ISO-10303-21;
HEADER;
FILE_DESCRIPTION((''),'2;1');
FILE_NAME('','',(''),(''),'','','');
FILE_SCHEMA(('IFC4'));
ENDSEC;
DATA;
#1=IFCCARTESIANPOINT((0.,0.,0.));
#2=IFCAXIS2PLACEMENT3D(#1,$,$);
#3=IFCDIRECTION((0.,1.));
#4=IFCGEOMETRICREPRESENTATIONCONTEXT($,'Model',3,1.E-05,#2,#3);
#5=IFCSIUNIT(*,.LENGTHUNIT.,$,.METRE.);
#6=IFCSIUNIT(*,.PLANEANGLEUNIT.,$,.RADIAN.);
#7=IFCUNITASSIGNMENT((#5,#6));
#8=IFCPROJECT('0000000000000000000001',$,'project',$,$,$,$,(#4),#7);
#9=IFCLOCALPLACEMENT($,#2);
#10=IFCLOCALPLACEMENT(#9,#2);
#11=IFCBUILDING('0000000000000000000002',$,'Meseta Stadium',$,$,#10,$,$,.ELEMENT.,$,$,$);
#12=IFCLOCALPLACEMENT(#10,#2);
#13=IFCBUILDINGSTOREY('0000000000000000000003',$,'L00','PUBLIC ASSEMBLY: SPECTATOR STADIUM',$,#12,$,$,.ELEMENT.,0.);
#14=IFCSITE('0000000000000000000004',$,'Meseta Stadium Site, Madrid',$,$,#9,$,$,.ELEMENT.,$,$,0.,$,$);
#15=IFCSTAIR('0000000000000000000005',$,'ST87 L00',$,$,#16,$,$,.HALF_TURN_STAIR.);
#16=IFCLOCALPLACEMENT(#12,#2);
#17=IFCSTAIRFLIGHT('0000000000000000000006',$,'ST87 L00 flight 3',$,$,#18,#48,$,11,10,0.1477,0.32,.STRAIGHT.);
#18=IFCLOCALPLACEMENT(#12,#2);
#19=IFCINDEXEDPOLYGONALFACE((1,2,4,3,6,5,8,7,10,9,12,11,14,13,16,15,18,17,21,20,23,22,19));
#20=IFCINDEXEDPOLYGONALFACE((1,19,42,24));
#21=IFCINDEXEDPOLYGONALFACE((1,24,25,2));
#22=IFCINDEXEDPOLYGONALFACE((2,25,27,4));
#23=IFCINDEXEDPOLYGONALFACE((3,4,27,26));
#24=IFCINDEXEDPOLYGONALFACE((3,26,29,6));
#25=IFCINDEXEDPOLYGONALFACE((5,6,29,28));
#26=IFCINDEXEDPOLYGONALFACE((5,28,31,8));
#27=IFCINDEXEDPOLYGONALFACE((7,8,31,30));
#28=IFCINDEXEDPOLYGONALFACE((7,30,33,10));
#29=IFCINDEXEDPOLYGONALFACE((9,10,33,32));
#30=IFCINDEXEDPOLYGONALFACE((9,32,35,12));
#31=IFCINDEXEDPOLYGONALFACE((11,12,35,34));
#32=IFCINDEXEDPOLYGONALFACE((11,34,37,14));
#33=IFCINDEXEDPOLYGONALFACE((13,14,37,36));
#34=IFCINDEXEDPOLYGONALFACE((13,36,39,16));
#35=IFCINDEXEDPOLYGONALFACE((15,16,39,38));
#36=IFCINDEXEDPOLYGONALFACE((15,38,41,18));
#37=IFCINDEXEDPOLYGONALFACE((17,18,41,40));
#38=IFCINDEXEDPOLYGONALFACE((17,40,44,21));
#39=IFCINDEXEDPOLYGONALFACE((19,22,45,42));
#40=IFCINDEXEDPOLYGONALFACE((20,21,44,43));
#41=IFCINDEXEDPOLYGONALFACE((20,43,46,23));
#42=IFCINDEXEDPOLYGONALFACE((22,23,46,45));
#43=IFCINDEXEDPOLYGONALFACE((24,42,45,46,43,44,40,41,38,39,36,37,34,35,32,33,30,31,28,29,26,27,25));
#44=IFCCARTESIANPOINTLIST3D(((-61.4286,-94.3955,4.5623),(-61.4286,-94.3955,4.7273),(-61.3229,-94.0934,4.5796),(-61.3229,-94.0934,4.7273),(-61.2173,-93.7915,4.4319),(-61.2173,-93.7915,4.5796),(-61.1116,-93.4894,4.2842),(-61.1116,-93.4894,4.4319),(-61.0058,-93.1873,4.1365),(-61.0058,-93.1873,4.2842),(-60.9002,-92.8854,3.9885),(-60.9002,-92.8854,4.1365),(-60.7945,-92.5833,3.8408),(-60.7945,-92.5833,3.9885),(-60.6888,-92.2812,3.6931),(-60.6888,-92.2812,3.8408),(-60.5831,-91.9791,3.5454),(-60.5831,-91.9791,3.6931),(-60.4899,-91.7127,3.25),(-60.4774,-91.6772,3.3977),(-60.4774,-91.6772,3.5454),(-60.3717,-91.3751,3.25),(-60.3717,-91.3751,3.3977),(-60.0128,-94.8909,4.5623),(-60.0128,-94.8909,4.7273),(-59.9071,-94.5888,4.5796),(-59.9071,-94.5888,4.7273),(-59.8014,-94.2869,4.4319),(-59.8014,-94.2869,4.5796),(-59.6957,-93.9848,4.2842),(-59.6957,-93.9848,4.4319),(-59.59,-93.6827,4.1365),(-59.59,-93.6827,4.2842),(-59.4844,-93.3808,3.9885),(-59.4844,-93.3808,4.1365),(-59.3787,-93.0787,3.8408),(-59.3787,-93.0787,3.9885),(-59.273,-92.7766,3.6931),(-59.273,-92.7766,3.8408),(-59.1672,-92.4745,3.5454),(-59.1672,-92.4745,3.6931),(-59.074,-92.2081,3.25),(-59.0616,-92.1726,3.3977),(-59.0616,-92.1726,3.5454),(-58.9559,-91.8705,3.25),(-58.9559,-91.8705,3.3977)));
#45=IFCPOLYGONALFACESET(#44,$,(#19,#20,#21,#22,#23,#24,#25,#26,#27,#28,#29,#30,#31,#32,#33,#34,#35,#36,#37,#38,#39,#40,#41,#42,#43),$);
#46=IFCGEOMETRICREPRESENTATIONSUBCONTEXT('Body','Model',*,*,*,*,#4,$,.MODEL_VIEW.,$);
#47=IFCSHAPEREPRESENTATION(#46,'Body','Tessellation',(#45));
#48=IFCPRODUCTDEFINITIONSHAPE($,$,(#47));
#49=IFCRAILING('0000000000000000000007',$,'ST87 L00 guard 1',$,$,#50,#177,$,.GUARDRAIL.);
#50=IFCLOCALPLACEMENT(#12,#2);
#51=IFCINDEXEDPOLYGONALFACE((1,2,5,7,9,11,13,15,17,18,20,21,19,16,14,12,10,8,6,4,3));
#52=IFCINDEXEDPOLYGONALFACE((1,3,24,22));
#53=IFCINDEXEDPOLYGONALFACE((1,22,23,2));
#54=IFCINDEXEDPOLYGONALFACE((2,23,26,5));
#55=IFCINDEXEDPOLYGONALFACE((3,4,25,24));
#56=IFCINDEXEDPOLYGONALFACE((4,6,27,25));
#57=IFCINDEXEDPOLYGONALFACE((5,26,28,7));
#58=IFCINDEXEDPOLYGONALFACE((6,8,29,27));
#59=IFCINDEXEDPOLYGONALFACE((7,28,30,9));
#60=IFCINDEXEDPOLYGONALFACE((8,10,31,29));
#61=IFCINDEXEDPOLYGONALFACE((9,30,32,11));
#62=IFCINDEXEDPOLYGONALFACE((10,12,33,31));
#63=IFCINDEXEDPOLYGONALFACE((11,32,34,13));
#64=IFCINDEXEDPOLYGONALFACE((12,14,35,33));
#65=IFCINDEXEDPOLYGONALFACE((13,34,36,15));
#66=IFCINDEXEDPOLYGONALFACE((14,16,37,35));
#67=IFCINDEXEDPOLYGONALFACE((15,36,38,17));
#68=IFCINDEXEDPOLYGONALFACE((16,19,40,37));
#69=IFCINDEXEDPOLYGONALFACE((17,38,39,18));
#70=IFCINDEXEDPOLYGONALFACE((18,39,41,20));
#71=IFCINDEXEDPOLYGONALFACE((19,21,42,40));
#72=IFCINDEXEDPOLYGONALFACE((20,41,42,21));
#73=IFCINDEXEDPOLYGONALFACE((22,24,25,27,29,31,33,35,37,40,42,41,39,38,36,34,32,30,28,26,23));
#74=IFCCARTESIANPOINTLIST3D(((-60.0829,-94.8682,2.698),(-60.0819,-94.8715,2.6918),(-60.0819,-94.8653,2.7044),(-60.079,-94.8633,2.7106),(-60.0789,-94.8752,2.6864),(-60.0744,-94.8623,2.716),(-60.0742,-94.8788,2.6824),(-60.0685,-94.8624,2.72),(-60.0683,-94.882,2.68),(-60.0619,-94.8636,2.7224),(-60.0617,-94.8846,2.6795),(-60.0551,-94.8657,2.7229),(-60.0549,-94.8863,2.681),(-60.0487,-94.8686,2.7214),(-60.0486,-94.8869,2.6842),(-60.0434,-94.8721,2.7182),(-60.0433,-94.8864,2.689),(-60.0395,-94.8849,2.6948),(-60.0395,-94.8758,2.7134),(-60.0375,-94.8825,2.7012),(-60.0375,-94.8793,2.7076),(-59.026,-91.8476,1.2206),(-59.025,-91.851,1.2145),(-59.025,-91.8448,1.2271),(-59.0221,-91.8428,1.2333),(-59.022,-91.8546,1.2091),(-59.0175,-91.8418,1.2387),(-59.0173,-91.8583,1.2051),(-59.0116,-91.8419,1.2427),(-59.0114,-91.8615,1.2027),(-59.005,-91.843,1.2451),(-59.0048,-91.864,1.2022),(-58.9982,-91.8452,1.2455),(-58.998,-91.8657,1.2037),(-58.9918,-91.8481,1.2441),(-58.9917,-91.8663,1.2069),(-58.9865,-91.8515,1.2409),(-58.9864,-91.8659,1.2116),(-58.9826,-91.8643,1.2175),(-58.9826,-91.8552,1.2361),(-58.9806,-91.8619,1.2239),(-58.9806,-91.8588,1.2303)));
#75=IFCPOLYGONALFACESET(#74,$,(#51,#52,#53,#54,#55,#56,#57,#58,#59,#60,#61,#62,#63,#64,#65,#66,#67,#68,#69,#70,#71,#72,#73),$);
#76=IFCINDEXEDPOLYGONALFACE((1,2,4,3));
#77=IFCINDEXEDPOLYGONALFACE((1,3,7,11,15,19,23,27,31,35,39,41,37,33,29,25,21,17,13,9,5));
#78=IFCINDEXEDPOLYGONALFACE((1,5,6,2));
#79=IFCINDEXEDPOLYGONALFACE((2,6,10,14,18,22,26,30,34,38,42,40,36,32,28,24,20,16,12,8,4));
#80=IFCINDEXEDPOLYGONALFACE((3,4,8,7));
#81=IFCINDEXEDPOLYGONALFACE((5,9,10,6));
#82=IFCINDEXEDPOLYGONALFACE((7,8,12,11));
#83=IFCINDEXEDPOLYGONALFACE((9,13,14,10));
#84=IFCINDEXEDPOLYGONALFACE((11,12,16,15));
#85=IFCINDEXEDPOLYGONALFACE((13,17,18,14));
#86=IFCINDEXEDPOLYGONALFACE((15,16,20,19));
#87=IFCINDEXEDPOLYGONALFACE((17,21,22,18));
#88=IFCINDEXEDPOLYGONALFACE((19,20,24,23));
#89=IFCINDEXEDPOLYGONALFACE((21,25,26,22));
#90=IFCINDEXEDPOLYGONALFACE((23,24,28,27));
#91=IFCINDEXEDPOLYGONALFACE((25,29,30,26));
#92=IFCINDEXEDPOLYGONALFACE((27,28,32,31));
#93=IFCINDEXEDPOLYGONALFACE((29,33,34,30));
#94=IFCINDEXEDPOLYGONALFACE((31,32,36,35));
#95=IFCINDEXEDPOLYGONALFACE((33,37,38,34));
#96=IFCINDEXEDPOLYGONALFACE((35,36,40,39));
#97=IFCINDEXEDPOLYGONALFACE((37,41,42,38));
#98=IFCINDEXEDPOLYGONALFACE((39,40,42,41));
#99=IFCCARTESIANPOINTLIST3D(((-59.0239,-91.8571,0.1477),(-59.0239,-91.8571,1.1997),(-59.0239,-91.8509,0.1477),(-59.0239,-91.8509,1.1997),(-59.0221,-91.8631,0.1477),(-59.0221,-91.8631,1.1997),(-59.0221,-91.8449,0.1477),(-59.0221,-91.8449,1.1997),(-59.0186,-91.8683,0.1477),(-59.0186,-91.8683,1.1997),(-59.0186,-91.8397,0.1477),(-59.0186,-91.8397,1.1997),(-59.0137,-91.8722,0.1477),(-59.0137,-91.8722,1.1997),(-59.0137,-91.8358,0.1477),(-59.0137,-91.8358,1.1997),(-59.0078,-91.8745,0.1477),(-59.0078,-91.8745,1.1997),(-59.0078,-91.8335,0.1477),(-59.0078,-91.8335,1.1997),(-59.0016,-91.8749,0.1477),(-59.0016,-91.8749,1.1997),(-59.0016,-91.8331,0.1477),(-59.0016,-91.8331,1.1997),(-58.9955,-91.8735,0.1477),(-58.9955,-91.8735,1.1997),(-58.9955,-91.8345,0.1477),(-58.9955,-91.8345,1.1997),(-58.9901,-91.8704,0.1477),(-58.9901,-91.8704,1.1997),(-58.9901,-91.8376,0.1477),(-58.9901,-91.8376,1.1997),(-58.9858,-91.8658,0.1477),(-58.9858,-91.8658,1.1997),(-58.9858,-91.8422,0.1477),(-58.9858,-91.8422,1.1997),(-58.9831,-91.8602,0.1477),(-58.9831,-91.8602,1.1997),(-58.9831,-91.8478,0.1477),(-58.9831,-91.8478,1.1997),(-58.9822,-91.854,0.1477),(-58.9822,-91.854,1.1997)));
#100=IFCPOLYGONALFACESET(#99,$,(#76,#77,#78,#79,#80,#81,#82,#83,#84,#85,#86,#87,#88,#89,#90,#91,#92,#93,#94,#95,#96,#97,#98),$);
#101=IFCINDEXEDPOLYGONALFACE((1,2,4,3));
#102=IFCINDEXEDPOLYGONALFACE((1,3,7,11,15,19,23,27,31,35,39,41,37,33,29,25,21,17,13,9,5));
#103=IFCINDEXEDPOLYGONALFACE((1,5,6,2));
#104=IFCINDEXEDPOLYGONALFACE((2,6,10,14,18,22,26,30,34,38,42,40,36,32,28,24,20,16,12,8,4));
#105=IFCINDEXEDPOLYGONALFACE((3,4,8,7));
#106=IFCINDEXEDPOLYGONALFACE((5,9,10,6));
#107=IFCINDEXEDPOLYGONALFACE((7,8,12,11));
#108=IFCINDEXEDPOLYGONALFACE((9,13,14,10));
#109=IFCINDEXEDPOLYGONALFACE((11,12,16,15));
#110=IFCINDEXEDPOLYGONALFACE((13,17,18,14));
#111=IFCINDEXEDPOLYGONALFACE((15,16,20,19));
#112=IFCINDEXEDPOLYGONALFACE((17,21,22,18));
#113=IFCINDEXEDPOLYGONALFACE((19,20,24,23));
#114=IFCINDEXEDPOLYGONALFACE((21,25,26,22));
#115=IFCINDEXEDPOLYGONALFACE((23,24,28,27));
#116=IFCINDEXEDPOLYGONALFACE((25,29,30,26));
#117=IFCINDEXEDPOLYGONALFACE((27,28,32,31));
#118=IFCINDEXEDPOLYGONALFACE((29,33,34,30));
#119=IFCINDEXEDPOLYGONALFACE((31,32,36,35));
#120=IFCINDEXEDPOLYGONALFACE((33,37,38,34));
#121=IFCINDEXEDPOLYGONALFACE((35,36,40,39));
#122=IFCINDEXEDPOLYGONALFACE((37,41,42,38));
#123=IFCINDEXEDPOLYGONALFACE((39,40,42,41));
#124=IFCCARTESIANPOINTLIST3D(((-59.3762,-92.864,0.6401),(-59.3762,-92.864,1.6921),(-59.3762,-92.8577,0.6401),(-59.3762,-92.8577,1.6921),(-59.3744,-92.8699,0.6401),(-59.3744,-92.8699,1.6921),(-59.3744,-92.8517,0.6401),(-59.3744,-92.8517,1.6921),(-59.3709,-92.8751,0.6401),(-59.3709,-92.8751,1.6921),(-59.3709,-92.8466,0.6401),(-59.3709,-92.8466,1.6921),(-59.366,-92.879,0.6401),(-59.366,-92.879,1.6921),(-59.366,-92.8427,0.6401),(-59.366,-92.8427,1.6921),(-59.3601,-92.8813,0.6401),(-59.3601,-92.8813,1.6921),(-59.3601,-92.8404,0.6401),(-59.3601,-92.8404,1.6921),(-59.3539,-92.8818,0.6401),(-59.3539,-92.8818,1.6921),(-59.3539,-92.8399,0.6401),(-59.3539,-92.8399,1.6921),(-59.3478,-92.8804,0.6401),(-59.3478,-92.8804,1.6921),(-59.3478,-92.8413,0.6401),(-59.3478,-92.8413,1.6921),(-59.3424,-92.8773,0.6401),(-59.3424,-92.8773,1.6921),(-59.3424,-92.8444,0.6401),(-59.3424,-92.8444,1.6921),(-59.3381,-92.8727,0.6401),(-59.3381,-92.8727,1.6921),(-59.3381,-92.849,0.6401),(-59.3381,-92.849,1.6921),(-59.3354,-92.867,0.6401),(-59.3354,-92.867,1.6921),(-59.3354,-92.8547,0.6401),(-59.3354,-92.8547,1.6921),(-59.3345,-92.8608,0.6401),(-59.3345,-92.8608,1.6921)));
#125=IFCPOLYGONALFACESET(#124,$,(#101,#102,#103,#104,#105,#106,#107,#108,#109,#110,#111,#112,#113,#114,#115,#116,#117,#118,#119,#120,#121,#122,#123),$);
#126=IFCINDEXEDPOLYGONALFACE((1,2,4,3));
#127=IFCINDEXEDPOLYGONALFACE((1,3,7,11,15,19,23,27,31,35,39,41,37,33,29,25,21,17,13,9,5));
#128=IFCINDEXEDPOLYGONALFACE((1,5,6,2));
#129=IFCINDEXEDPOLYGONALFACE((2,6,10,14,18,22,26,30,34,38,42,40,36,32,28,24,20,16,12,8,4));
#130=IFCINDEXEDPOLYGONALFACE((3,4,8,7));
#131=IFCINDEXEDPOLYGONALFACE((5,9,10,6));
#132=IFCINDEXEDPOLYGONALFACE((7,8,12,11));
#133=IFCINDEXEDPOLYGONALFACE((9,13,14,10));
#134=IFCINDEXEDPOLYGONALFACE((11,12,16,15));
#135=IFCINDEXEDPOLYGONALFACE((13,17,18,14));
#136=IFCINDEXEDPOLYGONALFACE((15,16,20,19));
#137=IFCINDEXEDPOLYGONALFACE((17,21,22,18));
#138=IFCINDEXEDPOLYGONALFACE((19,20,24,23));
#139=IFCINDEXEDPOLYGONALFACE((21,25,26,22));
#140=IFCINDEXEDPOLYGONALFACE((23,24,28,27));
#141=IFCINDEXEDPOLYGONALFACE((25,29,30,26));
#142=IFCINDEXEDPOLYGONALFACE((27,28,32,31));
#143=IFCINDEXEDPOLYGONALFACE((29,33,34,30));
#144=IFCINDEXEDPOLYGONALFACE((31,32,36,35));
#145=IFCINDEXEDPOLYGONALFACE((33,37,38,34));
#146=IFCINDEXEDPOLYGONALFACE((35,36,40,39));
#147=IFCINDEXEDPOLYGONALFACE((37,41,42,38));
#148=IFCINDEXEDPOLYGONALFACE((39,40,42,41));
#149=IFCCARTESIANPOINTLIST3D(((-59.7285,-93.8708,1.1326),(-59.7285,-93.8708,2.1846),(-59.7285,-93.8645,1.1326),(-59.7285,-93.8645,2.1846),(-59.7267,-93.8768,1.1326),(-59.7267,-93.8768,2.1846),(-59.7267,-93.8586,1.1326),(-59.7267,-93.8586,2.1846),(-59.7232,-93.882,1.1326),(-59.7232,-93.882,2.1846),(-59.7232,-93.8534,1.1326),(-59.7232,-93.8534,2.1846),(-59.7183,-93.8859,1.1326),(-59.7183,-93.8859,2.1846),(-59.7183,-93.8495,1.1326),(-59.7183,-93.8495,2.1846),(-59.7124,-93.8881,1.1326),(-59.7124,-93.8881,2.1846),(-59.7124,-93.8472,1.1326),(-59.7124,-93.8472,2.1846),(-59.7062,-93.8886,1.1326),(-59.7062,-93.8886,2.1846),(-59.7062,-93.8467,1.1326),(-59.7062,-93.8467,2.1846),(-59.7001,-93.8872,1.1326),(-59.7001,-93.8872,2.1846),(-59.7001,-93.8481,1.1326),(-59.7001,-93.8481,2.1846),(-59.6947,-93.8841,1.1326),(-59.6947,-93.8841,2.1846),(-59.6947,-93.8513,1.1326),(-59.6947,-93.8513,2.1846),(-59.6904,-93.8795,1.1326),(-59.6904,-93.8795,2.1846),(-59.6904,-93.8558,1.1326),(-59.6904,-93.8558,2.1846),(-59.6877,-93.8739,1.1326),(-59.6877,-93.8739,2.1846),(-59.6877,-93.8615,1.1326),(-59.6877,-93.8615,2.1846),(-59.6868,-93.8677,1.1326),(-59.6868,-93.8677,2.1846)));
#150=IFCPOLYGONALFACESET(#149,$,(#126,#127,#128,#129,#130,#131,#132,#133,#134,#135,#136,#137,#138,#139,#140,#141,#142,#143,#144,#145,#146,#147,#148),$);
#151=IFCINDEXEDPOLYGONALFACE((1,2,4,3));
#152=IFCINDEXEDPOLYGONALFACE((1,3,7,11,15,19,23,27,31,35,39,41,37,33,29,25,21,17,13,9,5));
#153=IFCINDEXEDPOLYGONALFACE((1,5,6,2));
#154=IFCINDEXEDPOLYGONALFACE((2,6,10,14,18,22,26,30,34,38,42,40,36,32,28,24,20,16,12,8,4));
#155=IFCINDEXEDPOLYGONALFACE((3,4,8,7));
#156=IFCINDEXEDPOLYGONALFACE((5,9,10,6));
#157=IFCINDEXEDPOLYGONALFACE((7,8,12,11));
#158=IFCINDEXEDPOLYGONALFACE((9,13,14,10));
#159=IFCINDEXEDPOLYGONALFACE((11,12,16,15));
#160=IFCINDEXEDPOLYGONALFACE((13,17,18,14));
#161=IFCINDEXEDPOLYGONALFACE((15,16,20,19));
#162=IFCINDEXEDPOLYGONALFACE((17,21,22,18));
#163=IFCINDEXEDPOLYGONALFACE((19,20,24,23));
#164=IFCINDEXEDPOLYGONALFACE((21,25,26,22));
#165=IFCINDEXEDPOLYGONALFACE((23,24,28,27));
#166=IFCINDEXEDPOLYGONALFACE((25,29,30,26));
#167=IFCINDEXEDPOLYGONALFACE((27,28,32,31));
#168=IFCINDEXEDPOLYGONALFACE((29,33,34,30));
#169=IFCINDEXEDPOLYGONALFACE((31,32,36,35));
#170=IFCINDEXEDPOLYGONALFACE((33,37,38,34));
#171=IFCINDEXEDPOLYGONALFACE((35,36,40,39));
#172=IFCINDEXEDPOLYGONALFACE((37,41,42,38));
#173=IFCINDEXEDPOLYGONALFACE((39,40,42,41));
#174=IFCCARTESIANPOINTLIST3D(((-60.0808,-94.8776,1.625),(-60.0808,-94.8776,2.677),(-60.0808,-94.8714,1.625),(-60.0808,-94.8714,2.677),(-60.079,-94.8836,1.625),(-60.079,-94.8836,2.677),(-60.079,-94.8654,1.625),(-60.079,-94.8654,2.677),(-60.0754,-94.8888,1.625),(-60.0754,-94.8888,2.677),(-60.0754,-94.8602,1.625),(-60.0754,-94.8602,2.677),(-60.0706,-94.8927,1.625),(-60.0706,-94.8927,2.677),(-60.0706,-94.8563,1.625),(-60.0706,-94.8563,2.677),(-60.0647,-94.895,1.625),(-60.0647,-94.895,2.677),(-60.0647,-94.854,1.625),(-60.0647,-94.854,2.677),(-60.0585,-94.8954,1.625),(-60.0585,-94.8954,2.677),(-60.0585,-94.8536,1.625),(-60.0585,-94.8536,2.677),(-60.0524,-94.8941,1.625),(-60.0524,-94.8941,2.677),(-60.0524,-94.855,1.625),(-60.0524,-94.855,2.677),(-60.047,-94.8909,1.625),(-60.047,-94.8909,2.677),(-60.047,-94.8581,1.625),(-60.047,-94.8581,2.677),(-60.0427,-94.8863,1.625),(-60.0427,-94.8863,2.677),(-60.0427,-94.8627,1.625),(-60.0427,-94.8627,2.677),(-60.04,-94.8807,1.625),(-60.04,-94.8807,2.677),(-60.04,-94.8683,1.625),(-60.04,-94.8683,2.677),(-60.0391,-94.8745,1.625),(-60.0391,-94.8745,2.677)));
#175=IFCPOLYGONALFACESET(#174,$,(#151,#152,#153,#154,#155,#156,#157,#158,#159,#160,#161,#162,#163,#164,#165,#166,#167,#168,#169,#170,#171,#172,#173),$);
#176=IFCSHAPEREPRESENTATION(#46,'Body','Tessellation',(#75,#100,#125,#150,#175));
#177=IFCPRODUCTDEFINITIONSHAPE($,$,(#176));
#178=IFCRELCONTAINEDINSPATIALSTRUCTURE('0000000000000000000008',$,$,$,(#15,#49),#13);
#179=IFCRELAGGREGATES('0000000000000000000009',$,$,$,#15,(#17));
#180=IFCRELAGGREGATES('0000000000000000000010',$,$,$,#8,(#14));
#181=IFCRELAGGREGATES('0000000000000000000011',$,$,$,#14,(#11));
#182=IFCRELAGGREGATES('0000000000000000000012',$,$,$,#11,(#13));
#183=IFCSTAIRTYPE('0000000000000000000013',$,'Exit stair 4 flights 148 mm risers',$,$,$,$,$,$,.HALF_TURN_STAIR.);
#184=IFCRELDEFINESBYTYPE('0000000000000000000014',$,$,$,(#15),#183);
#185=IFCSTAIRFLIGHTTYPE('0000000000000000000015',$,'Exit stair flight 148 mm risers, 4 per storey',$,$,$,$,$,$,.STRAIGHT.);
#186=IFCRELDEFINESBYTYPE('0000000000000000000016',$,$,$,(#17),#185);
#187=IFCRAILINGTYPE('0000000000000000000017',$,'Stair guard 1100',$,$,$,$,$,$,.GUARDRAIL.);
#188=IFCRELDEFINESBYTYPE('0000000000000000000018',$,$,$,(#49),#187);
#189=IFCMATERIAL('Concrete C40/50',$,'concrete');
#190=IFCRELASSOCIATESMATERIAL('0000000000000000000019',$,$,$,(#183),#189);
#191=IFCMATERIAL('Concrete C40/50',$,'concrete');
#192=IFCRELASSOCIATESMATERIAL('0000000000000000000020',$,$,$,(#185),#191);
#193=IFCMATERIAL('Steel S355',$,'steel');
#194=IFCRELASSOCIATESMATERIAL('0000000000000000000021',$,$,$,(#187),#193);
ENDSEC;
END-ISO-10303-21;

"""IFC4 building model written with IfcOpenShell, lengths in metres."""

from ifc_helpers import new_model, si_unit, direction, frame, origin, origin_2d, place, context, subcontext, project, spatial, polyline, circle, outline, extrude, material, type_object, element, aggregate, save


model = new_model("IFC4")

# Units and contexts
model_context = context("Model", 3, precision=1e-05, world=origin(), true_north=direction((0.0, 1.0)))
body_context = subcontext(model_context, "Body", "Model", "MODEL_VIEW")
ifc_project = project(units=[si_unit("LENGTHUNIT", "METRE"), si_unit("PLANEANGLEUNIT", "RADIAN")], contexts=[model_context])

# Site, building, storey
site_placement = place(None, origin())
site = spatial("IfcSite", under=ifc_project, at=site_placement, Name="Meseta Stadium Site, Madrid", CompositionType="ELEMENT", RefElevation=0.0)
building_placement = place(site_placement, origin())
building = spatial("IfcBuilding", under=site, at=building_placement, Name="Meseta Stadium", CompositionType="ELEMENT")
storey_placement = place(building_placement, origin())
storey = spatial("IfcBuildingStorey", under=building, at=storey_placement, Name="L00", Description="PUBLIC ASSEMBLY: SPECTATOR STADIUM", CompositionType="ELEMENT", Elevation=0.0)

# Stair, stair flight
ifc_material_1 = material(Name="Concrete C40/50", Category="concrete")
stair_type = type_object("IfcStairType", Name="Exit stair 4 flights 148 mm risers", PredefinedType="HALF_TURN_STAIR", material=ifc_material_1)
stair_placement = place(storey_placement, origin())
stair = element("IfcStair", 1, at=stair_placement, inside=storey, type_object=stair_type, Name="ST87 L00", PredefinedType="HALF_TURN_STAIR")
ifc_material_2 = material(Name="Concrete C40/50", Category="concrete")
stair_flight_type = type_object("IfcStairFlightType", Name="Exit stair flight 148 mm risers, 4 per storey", PredefinedType="STRAIGHT", material=ifc_material_2)
stair_flight_1_placement = place(storey_placement, frame((-59.6638, -91.6228, 3.25), z_axis=(0.0, 0.0, 1.0), x_axis=(-0.330279, -0.943883, 0.0)))
stair_flight_1 = element("IfcStairFlight", 2, at=stair_flight_1_placement, type_object=stair_flight_type, Name="ST87 L00 flight 3", NumberOfRisers=11, NumberOfTreads=10, PredefinedType="STRAIGHT", RiserHeight=0.1477, TreadLength=0.32, context=body_context, shape_type="SweptSolid", body=[
    extrude(outline(polyline([(0.0, 0.0), (0.0, 0.1477), (0.3201, 0.1477), (0.3201, 0.2954), (0.6399, 0.2954), (0.6399, 0.4431), (0.96, 0.4431), (0.96, 0.5908), (1.28, 0.5908), (1.28, 0.7385), (1.6001, 0.7385), (1.6001, 0.8865), (1.9199, 0.8865), (1.9199, 1.0342), (2.24, 1.0342), (2.24, 1.1819), (2.5601, 1.1819), (2.5601, 1.3296), (2.8799, 1.3296), (2.8799, 1.4773), (3.2, 1.4773), (3.2, 1.3123), (0.3577, 0.0), (0.0, 0.0)])), frame((0.0, 0.75, 0.0), z_axis=(0.0, -1.0, 0.0), x_axis=(1.0, 0.0, 0.0)), (0.0, 0.0, 1.0), 1.5),
])
aggregate(stair, [stair_flight_1])

# Railing
ifc_material_3 = material(Name="Steel S355", Category="steel")
railing_type_1 = type_object("IfcRailingType", Name="Stair guard 1100", PredefinedType="GUARDRAIL", material=ifc_material_3)
railing_1_placement = place(storey_placement, frame((-59.0032, -91.854, 0.1477)))
element("IfcRailing", 3, at=railing_1_placement, inside=storey, type_object=railing_type_1, Name="ST87 L00 guard 1", PredefinedType="GUARDRAIL", context=body_context, shape_type="SweptSolid", body=[
    extrude(circle(Radius=0.0239, at=origin_2d()), frame((0.0, 0.0, 1.0762), z_axis=(-0.299859, -0.856977, 0.419137), x_axis=(0.943887, -0.330269, 0.0)), (0.0, 0.0, 1.0), 3.5247),
    extrude(circle(Radius=0.021, at=origin_2d()), origin(), (0.0, 0.0, 1.0), 1.052),
    extrude(circle(Radius=0.021, at=origin_2d()), frame((-0.3523, -1.0068, 0.4924)), (0.0, 0.0, 1.0), 1.052),
    extrude(circle(Radius=0.021, at=origin_2d()), frame((-0.7046, -2.0137, 0.9849)), (0.0, 0.0, 1.0), 1.052),
    extrude(circle(Radius=0.021, at=origin_2d()), frame((-1.0569, -3.0205, 1.4773)), (0.0, 0.0, 1.0), 1.052),
])

save(model, "model.ifc")
